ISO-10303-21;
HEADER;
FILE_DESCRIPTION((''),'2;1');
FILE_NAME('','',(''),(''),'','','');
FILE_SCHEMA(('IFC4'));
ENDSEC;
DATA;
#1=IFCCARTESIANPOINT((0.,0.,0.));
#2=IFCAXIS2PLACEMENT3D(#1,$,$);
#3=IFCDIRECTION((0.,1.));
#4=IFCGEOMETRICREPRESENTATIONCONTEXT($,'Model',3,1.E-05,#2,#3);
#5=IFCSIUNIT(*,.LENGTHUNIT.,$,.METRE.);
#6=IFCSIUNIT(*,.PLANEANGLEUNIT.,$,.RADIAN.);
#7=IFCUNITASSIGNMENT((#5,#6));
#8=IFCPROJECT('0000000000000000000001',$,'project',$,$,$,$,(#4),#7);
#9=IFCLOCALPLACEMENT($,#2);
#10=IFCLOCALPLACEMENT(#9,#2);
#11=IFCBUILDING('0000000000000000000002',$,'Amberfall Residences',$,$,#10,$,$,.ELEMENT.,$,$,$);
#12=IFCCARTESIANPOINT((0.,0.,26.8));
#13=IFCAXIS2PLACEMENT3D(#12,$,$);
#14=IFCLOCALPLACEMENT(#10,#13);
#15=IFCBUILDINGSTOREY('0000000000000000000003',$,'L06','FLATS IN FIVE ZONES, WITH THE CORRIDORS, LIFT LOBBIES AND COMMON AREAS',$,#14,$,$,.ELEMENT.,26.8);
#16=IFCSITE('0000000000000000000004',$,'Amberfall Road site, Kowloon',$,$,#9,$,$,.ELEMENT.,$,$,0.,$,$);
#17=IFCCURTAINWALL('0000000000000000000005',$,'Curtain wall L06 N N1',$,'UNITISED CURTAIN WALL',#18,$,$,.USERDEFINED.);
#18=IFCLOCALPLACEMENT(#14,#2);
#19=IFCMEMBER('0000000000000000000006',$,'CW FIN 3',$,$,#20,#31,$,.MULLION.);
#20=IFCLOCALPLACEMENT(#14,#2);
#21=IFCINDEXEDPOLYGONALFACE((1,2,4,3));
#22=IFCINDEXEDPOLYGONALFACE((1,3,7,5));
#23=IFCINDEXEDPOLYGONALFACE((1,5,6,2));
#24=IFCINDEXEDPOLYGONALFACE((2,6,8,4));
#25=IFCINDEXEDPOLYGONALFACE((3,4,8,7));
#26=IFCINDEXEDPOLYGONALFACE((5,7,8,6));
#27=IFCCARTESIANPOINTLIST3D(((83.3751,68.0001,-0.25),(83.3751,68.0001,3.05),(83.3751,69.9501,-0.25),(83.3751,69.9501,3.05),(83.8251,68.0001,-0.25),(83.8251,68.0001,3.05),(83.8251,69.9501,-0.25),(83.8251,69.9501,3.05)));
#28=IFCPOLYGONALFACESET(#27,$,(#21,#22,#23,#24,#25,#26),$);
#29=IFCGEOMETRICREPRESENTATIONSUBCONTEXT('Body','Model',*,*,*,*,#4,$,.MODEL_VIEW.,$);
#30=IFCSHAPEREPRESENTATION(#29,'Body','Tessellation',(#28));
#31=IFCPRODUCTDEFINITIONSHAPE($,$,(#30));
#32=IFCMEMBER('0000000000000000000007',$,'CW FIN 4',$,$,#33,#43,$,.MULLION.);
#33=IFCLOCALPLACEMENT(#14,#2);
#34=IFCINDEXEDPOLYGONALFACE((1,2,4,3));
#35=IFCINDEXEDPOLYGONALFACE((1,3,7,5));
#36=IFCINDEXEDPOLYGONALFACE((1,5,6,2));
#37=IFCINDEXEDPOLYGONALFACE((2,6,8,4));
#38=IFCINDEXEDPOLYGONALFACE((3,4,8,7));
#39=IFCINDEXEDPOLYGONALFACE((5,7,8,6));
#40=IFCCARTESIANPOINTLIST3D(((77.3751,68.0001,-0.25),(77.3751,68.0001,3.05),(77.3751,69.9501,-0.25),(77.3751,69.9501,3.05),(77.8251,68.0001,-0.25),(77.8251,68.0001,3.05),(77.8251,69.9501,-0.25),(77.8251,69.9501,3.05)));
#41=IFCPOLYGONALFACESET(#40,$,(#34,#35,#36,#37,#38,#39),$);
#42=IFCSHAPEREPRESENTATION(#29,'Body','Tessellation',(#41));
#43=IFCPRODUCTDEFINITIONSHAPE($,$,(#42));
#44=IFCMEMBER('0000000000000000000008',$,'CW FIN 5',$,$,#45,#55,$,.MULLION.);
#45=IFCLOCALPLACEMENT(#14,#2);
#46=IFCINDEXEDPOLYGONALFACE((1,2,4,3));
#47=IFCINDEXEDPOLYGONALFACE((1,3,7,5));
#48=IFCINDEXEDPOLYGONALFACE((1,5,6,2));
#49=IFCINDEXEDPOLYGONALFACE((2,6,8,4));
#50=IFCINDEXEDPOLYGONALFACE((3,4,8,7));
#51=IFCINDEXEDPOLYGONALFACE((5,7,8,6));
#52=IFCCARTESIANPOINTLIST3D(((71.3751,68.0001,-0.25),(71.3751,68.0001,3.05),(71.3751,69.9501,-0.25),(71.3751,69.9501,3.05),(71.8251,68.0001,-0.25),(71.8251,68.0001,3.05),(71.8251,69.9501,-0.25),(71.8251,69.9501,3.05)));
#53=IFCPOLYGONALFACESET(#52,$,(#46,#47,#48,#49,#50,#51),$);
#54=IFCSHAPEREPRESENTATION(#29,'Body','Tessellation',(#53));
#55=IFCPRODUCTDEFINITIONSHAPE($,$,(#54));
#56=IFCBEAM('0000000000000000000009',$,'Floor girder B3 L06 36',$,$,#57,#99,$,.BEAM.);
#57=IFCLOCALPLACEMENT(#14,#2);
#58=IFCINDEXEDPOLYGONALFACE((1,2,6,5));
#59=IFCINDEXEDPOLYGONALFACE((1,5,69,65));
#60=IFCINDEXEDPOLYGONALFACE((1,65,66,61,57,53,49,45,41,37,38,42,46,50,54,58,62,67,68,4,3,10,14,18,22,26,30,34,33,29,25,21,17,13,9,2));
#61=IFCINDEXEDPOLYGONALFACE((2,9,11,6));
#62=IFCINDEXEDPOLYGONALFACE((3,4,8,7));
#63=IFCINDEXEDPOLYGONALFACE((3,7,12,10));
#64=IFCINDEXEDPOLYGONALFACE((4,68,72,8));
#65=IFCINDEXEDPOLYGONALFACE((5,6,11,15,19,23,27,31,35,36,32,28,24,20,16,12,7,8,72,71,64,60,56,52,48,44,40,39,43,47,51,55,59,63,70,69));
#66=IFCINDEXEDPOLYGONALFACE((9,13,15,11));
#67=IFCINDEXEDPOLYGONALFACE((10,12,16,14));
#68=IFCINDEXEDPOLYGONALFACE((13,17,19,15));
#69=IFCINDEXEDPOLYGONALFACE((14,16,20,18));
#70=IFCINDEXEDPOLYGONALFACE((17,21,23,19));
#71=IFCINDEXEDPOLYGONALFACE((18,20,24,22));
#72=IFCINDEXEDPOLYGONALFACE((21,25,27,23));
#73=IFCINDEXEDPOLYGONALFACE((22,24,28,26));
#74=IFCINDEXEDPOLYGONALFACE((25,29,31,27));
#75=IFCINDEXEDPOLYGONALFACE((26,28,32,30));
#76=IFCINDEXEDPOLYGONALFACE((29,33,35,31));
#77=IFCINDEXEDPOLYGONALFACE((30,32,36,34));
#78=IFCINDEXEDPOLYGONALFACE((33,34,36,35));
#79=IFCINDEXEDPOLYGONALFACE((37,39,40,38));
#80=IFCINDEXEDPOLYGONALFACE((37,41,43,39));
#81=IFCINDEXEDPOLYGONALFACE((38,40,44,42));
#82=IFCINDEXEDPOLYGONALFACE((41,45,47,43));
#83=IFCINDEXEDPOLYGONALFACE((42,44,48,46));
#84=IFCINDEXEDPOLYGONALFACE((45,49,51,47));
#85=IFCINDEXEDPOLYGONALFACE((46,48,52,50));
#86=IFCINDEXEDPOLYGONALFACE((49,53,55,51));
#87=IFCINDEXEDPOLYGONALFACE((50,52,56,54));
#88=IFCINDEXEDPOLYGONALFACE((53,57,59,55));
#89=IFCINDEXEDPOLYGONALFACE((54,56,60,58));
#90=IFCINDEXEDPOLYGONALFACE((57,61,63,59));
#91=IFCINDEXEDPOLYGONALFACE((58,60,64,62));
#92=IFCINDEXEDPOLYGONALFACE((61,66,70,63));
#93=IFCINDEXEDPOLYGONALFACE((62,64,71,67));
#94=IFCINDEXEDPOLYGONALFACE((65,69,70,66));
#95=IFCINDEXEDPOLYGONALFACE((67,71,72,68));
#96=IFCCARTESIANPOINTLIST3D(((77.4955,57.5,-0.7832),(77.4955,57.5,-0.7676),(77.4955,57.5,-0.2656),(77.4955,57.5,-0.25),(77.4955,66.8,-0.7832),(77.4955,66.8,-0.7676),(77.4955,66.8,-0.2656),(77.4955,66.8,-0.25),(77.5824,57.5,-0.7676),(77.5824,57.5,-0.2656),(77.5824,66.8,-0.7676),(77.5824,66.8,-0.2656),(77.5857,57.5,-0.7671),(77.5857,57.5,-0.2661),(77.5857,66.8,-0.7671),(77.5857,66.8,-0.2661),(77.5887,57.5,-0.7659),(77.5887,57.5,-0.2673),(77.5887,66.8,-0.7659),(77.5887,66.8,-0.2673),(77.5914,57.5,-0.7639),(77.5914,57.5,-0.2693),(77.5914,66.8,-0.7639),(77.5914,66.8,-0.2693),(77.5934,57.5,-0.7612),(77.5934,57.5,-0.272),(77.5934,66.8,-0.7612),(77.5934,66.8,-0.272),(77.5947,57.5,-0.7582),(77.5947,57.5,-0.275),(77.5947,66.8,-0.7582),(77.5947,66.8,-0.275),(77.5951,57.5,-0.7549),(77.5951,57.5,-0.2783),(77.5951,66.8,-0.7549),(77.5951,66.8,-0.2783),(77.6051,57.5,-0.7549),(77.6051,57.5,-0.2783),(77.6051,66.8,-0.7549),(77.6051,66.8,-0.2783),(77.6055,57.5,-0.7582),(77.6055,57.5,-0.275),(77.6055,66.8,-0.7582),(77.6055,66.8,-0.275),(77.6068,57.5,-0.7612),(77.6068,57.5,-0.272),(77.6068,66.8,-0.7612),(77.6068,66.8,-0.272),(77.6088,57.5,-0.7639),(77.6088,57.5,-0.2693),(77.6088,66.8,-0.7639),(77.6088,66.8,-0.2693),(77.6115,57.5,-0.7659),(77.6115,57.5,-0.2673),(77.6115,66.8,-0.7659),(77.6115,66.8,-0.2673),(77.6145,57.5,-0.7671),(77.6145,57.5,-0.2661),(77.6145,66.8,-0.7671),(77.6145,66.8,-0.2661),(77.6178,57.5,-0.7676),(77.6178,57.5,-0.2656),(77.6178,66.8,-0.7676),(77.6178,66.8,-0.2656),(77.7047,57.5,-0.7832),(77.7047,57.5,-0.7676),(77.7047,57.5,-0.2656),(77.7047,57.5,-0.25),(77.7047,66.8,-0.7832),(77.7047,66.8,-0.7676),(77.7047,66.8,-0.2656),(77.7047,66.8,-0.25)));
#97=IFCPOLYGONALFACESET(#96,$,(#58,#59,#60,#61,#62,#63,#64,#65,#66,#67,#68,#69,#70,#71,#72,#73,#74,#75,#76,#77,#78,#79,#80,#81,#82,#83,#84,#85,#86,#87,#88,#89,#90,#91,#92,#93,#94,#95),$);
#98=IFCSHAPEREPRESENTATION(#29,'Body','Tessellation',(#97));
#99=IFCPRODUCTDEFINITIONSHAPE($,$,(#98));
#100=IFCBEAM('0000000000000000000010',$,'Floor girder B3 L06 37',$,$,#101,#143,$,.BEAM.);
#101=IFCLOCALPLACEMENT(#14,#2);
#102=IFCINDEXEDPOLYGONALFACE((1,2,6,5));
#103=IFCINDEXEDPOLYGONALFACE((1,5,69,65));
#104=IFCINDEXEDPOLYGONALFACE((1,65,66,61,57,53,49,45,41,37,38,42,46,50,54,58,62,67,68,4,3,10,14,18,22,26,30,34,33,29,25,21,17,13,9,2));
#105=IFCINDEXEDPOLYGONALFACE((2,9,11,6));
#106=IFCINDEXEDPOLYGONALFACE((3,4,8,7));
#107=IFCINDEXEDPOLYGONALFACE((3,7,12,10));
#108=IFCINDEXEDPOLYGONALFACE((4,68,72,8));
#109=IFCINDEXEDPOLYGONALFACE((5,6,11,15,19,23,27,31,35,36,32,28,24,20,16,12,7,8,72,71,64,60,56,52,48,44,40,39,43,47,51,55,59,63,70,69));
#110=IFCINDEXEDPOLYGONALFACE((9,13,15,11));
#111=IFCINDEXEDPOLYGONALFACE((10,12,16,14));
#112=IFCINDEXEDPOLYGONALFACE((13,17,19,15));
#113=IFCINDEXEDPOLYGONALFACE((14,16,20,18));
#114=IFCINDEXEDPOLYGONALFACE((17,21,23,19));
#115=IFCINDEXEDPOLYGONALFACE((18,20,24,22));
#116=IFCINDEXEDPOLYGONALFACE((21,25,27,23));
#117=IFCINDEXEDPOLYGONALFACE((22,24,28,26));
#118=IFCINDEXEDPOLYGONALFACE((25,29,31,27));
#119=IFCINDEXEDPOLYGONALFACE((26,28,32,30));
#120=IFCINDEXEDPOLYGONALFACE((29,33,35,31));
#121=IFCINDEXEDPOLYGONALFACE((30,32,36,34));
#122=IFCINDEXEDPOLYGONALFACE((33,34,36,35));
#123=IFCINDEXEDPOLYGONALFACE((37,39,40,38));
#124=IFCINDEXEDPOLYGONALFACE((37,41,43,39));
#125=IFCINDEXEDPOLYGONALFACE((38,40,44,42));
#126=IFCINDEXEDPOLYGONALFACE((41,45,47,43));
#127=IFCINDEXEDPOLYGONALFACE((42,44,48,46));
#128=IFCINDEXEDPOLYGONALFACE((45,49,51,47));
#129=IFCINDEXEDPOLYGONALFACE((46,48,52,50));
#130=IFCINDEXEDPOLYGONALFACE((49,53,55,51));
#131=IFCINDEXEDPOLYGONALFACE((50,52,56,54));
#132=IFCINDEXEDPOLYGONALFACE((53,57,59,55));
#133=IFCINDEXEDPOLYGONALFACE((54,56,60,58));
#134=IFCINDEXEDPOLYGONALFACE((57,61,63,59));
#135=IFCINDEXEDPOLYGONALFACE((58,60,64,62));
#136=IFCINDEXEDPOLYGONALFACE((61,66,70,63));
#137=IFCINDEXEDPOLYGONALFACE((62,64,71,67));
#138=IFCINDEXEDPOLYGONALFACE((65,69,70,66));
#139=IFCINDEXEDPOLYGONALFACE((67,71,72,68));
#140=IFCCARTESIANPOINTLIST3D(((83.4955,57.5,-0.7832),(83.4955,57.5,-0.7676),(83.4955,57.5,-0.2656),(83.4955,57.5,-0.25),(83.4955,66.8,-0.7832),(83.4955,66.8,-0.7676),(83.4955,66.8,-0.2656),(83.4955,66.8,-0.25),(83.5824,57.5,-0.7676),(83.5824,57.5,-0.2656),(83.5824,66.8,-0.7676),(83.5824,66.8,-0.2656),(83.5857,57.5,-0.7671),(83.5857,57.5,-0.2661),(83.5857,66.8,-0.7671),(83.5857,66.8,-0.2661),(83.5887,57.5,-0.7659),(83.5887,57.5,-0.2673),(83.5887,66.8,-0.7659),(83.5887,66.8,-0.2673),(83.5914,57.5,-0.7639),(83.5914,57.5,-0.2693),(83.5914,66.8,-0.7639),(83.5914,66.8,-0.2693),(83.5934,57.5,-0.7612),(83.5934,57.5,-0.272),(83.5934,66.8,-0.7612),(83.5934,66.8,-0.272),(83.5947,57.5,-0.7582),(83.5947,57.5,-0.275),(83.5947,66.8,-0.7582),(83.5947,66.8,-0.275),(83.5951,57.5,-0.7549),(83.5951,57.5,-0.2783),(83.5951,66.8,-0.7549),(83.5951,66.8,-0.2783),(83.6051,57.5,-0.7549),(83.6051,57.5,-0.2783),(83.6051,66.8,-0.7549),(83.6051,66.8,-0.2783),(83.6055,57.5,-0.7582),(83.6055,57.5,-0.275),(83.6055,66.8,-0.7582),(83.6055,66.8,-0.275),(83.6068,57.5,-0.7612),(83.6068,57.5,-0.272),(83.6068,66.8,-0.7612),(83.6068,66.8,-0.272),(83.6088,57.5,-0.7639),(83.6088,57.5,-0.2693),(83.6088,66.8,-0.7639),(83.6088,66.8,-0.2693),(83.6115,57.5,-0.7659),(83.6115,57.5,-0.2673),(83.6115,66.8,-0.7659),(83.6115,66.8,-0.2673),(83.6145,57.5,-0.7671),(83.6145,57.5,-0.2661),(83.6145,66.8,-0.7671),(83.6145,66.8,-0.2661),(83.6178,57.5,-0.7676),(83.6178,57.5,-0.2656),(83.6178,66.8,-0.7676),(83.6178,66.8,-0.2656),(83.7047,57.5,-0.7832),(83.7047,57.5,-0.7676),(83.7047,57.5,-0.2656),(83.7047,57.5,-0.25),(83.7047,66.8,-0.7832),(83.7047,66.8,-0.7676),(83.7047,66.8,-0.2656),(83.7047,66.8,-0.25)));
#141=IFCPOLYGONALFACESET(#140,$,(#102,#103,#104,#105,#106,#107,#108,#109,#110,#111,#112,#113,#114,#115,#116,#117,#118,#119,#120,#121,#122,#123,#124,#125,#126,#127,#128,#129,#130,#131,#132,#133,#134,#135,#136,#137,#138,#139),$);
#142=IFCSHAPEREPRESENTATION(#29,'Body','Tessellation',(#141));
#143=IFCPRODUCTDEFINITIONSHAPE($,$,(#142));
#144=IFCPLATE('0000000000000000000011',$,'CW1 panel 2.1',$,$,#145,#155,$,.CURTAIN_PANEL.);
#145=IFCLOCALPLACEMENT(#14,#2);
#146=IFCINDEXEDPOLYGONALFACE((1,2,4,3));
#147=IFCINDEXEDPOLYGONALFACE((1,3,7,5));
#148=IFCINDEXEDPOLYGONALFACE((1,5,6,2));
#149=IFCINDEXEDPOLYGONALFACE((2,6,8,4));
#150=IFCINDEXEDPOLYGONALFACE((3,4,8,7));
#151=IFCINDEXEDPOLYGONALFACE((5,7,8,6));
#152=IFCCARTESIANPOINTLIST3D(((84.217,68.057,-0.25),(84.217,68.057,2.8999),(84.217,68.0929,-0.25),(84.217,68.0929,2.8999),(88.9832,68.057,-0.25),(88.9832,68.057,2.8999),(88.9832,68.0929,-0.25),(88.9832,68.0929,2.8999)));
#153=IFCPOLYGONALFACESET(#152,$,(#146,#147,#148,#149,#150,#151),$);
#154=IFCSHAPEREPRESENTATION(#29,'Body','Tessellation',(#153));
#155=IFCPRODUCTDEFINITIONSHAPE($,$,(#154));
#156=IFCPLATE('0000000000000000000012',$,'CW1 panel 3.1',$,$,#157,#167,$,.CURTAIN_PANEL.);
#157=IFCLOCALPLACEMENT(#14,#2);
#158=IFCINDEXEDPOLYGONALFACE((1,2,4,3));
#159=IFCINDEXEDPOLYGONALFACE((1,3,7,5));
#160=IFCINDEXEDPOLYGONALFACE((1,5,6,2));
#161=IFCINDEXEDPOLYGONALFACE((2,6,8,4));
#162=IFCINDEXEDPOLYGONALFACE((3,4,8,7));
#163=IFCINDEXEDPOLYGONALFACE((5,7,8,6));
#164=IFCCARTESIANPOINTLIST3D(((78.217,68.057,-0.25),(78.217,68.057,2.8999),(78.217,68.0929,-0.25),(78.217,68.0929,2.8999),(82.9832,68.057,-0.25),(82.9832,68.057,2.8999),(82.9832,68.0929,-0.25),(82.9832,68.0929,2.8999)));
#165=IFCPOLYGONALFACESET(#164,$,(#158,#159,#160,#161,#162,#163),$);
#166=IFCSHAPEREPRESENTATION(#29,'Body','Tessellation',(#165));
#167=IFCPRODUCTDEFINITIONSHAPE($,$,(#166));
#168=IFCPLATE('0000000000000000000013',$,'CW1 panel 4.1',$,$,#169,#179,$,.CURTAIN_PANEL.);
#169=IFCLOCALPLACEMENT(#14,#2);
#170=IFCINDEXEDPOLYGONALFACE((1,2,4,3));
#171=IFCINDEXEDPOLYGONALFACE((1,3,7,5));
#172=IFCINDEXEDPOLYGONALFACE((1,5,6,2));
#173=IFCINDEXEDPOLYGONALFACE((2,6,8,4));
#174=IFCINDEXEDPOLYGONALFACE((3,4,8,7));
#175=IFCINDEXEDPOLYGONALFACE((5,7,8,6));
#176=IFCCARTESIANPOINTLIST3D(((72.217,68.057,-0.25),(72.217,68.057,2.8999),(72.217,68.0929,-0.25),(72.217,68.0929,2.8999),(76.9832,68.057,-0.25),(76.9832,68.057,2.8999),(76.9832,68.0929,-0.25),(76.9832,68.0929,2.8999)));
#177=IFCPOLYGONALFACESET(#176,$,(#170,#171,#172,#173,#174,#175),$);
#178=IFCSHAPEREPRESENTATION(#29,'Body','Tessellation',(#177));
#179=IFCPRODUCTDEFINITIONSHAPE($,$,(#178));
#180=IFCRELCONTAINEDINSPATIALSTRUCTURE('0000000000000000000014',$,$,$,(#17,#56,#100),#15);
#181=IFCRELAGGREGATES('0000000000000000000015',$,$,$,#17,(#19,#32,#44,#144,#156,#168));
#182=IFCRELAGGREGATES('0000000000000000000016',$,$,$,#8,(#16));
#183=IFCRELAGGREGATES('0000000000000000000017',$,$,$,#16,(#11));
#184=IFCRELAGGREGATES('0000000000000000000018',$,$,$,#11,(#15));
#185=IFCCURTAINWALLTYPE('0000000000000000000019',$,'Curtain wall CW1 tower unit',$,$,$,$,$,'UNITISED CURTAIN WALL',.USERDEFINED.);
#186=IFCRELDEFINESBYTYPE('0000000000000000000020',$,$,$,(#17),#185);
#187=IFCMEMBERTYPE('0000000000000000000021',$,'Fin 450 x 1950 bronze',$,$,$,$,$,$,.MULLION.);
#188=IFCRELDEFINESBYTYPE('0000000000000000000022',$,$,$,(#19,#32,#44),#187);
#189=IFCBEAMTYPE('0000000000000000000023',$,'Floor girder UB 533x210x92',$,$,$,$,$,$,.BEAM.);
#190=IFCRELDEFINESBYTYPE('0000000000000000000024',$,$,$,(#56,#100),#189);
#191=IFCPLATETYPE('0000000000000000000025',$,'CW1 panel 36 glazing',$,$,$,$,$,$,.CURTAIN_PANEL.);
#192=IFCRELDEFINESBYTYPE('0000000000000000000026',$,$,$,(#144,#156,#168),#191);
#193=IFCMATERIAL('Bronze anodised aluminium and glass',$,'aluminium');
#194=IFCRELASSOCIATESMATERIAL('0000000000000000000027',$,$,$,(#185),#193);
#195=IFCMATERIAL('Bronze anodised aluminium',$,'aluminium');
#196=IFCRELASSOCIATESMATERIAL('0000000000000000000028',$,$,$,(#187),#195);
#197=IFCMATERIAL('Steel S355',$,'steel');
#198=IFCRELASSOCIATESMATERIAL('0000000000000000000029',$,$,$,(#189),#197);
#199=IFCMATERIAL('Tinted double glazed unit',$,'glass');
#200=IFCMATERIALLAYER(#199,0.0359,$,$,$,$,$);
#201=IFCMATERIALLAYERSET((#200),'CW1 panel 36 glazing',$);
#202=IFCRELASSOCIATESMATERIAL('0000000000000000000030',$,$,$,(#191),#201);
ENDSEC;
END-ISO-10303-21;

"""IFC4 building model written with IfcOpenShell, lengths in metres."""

from ifc_helpers import new_model, si_unit, direction, frame, origin, origin_2d, place, context, subcontext, project, spatial, rectangle, i_section, extrude, material, layer, layer_set, material_profile, profile_set, type_object, element, aggregate, save


model = new_model("IFC4")

# Units and contexts
model_context = context("Model", 3, precision=1e-05, world=origin(), true_north=direction((0.0, 1.0)))
body_context = subcontext(model_context, "Body", "Model", "MODEL_VIEW")
ifc_project = project(units=[si_unit("LENGTHUNIT", "METRE"), si_unit("PLANEANGLEUNIT", "RADIAN")], contexts=[model_context])

# Site, building, storey
site_placement = place(None, origin())
site = spatial("IfcSite", under=ifc_project, at=site_placement, Name="Amberfall Road site, Kowloon", CompositionType="ELEMENT", RefElevation=0.0)
building_placement = place(site_placement, origin())
building = spatial("IfcBuilding", under=site, at=building_placement, Name="Amberfall Residences", CompositionType="ELEMENT")
storey_placement = place(building_placement, frame((0.0, 0.0, 26.8)))
storey = spatial("IfcBuildingStorey", under=building, at=storey_placement, Name="L06", Description="FLATS IN FIVE ZONES, WITH THE CORRIDORS, LIFT LOBBIES AND COMMON AREAS", CompositionType="ELEMENT", Elevation=26.8)

# Curtain wall
ifc_material_1 = material(Name="Bronze anodised aluminium and glass", Category="aluminium")
curtain_wall_type = type_object("IfcCurtainWallType", Name="Curtain wall CW1 tower unit", ElementType="UNITISED CURTAIN WALL", PredefinedType="USERDEFINED", material=ifc_material_1)
curtain_wall_placement = place(storey_placement, origin())
curtain_wall = element("IfcCurtainWall", 1, at=curtain_wall_placement, inside=storey, type_object=curtain_wall_type, Name="Curtain wall L06 N N1", ObjectType="UNITISED CURTAIN WALL", PredefinedType="USERDEFINED")
ifc_material_2 = material(Name="Bronze anodised aluminium", Category="aluminium")

# Shared definitions
ifc_material_3 = material(Name="Steel S355", Category="steel")

# Members
ifc_material_profile_1 = material_profile(ifc_material_2, rectangle(XDim=1.95, YDim=0.45, at=origin_2d()), Name="Fin 450 x 1950 bronze")
ifc_profile_set_1 = profile_set([ifc_material_profile_1], Name="Bronze anodised aluminium")
member_type_1 = type_object("IfcMemberType", Name="Fin 450 x 1950 bronze", PredefinedType="MULLION", material=ifc_profile_set_1)
member_1_placement = place(storey_placement, frame((83.6001, 68.9751, -0.25), z_axis=(0.0, 0.0, 1.0), x_axis=(0.0, -1.0, 0.0)))
member_1 = element("IfcMember", 2, at=member_1_placement, type_object=member_type_1, Name="CW FIN 3", PredefinedType="MULLION", context=body_context, shape_type="SweptSolid", body=[
    extrude(rectangle(XDim=1.95, YDim=0.45, at=origin_2d()), origin(), (0.0, 0.0, 1.0), 3.3),
])
member_2_placement = place(storey_placement, frame((77.6001, 68.9751, -0.25), z_axis=(0.0, 0.0, 1.0), x_axis=(0.0, -1.0, 0.0)))
member_2 = element("IfcMember", 3, at=member_2_placement, type_object=member_type_1, Name="CW FIN 4", PredefinedType="MULLION", context=body_context, shape_type="SweptSolid", body=[
    extrude(rectangle(XDim=1.95, YDim=0.45, at=origin_2d()), origin(), (0.0, 0.0, 1.0), 3.3),
])
member_3_placement = place(storey_placement, frame((71.6001, 68.9751, -0.25), z_axis=(0.0, 0.0, 1.0), x_axis=(0.0, -1.0, 0.0)))
member_3 = element("IfcMember", 4, at=member_3_placement, type_object=member_type_1, Name="CW FIN 5", PredefinedType="MULLION", context=body_context, shape_type="SweptSolid", body=[
    extrude(rectangle(XDim=1.95, YDim=0.45, at=origin_2d()), origin(), (0.0, 0.0, 1.0), 3.3),
])

# Beams
ifc_material_profile_2 = material_profile(ifc_material_3, i_section(OverallWidth=0.2092, OverallDepth=0.5332, WebThickness=0.01, FlangeThickness=0.0156, FilletRadius=0.0127, at=origin_2d()), Name="UB 533x210x92")
ifc_profile_set_2 = profile_set([ifc_material_profile_2], Name="Steel S355")
beam_type_1 = type_object("IfcBeamType", Name="Floor girder UB 533x210x92", PredefinedType="BEAM", material=ifc_profile_set_2)
for number, where, z_axis, x_axis, name in (
    (5, (77.6001, 66.8, -0.5166), (0.0, -1.0, 0.0), (1.0, 0.0, 0.0), "Floor girder B3 L06 36"),
    (6, (83.6001, 66.8, -0.5166), (0.0, -1.0, 0.0), (1.0, 0.0, 0.0), "Floor girder B3 L06 37"),
):
    element("IfcBeam", number, at=place(storey_placement, frame(where, z_axis=z_axis, x_axis=x_axis)), inside=storey, type_object=beam_type_1, Name=name, PredefinedType="BEAM", context=body_context, shape_type="SweptSolid", body=[
        extrude(i_section(OverallWidth=0.2092, OverallDepth=0.5332, WebThickness=0.01, FlangeThickness=0.0156, FilletRadius=0.0127, at=origin_2d()), origin(), (0.0, 0.0, 1.0), 9.3),
    ])

# Plates
ifc_material_4 = material(Name="Tinted double glazed unit", Category="glass")
ifc_layer_1 = layer(ifc_material_4, 0.0359)
ifc_layer_set_1 = layer_set([ifc_layer_1], Name="CW1 panel 36 glazing")
plate_type = type_object("IfcPlateType", Name="CW1 panel 36 glazing", PredefinedType="CURTAIN_PANEL", material=ifc_layer_set_1)
plate_1_placement = place(storey_placement, frame((86.6001, 68.075, -0.25), z_axis=(0.0, 0.0, 1.0), x_axis=(-1.0, 0.0, 0.0)))
plate_1 = element("IfcPlate", 7, at=plate_1_placement, type_object=plate_type, Name="CW1 panel 2.1", PredefinedType="CURTAIN_PANEL", context=body_context, shape_type="SweptSolid", body=[
    extrude(rectangle(XDim=4.7661, YDim=0.0359, at=origin_2d()), origin(), (0.0, 0.0, 1.0), 3.1499),
])
plate_2_placement = place(storey_placement, frame((80.6001, 68.075, -0.25), z_axis=(0.0, 0.0, 1.0), x_axis=(-1.0, 0.0, 0.0)))
plate_2 = element("IfcPlate", 8, at=plate_2_placement, type_object=plate_type, Name="CW1 panel 3.1", PredefinedType="CURTAIN_PANEL", context=body_context, shape_type="SweptSolid", body=[
    extrude(rectangle(XDim=4.7661, YDim=0.0359, at=origin_2d()), origin(), (0.0, 0.0, 1.0), 3.1499),
])
plate_3_placement = place(storey_placement, frame((74.6001, 68.075, -0.25), z_axis=(0.0, 0.0, 1.0), x_axis=(-1.0, 0.0, 0.0)))
plate_3 = element("IfcPlate", 9, at=plate_3_placement, type_object=plate_type, Name="CW1 panel 4.1", PredefinedType="CURTAIN_PANEL", context=body_context, shape_type="SweptSolid", body=[
    extrude(rectangle(XDim=4.7661, YDim=0.0359, at=origin_2d()), origin(), (0.0, 0.0, 1.0), 3.1499),
])
aggregate(curtain_wall, [member_1, member_2, member_3, plate_1, plate_2, plate_3])

save(model, "model.ifc")
